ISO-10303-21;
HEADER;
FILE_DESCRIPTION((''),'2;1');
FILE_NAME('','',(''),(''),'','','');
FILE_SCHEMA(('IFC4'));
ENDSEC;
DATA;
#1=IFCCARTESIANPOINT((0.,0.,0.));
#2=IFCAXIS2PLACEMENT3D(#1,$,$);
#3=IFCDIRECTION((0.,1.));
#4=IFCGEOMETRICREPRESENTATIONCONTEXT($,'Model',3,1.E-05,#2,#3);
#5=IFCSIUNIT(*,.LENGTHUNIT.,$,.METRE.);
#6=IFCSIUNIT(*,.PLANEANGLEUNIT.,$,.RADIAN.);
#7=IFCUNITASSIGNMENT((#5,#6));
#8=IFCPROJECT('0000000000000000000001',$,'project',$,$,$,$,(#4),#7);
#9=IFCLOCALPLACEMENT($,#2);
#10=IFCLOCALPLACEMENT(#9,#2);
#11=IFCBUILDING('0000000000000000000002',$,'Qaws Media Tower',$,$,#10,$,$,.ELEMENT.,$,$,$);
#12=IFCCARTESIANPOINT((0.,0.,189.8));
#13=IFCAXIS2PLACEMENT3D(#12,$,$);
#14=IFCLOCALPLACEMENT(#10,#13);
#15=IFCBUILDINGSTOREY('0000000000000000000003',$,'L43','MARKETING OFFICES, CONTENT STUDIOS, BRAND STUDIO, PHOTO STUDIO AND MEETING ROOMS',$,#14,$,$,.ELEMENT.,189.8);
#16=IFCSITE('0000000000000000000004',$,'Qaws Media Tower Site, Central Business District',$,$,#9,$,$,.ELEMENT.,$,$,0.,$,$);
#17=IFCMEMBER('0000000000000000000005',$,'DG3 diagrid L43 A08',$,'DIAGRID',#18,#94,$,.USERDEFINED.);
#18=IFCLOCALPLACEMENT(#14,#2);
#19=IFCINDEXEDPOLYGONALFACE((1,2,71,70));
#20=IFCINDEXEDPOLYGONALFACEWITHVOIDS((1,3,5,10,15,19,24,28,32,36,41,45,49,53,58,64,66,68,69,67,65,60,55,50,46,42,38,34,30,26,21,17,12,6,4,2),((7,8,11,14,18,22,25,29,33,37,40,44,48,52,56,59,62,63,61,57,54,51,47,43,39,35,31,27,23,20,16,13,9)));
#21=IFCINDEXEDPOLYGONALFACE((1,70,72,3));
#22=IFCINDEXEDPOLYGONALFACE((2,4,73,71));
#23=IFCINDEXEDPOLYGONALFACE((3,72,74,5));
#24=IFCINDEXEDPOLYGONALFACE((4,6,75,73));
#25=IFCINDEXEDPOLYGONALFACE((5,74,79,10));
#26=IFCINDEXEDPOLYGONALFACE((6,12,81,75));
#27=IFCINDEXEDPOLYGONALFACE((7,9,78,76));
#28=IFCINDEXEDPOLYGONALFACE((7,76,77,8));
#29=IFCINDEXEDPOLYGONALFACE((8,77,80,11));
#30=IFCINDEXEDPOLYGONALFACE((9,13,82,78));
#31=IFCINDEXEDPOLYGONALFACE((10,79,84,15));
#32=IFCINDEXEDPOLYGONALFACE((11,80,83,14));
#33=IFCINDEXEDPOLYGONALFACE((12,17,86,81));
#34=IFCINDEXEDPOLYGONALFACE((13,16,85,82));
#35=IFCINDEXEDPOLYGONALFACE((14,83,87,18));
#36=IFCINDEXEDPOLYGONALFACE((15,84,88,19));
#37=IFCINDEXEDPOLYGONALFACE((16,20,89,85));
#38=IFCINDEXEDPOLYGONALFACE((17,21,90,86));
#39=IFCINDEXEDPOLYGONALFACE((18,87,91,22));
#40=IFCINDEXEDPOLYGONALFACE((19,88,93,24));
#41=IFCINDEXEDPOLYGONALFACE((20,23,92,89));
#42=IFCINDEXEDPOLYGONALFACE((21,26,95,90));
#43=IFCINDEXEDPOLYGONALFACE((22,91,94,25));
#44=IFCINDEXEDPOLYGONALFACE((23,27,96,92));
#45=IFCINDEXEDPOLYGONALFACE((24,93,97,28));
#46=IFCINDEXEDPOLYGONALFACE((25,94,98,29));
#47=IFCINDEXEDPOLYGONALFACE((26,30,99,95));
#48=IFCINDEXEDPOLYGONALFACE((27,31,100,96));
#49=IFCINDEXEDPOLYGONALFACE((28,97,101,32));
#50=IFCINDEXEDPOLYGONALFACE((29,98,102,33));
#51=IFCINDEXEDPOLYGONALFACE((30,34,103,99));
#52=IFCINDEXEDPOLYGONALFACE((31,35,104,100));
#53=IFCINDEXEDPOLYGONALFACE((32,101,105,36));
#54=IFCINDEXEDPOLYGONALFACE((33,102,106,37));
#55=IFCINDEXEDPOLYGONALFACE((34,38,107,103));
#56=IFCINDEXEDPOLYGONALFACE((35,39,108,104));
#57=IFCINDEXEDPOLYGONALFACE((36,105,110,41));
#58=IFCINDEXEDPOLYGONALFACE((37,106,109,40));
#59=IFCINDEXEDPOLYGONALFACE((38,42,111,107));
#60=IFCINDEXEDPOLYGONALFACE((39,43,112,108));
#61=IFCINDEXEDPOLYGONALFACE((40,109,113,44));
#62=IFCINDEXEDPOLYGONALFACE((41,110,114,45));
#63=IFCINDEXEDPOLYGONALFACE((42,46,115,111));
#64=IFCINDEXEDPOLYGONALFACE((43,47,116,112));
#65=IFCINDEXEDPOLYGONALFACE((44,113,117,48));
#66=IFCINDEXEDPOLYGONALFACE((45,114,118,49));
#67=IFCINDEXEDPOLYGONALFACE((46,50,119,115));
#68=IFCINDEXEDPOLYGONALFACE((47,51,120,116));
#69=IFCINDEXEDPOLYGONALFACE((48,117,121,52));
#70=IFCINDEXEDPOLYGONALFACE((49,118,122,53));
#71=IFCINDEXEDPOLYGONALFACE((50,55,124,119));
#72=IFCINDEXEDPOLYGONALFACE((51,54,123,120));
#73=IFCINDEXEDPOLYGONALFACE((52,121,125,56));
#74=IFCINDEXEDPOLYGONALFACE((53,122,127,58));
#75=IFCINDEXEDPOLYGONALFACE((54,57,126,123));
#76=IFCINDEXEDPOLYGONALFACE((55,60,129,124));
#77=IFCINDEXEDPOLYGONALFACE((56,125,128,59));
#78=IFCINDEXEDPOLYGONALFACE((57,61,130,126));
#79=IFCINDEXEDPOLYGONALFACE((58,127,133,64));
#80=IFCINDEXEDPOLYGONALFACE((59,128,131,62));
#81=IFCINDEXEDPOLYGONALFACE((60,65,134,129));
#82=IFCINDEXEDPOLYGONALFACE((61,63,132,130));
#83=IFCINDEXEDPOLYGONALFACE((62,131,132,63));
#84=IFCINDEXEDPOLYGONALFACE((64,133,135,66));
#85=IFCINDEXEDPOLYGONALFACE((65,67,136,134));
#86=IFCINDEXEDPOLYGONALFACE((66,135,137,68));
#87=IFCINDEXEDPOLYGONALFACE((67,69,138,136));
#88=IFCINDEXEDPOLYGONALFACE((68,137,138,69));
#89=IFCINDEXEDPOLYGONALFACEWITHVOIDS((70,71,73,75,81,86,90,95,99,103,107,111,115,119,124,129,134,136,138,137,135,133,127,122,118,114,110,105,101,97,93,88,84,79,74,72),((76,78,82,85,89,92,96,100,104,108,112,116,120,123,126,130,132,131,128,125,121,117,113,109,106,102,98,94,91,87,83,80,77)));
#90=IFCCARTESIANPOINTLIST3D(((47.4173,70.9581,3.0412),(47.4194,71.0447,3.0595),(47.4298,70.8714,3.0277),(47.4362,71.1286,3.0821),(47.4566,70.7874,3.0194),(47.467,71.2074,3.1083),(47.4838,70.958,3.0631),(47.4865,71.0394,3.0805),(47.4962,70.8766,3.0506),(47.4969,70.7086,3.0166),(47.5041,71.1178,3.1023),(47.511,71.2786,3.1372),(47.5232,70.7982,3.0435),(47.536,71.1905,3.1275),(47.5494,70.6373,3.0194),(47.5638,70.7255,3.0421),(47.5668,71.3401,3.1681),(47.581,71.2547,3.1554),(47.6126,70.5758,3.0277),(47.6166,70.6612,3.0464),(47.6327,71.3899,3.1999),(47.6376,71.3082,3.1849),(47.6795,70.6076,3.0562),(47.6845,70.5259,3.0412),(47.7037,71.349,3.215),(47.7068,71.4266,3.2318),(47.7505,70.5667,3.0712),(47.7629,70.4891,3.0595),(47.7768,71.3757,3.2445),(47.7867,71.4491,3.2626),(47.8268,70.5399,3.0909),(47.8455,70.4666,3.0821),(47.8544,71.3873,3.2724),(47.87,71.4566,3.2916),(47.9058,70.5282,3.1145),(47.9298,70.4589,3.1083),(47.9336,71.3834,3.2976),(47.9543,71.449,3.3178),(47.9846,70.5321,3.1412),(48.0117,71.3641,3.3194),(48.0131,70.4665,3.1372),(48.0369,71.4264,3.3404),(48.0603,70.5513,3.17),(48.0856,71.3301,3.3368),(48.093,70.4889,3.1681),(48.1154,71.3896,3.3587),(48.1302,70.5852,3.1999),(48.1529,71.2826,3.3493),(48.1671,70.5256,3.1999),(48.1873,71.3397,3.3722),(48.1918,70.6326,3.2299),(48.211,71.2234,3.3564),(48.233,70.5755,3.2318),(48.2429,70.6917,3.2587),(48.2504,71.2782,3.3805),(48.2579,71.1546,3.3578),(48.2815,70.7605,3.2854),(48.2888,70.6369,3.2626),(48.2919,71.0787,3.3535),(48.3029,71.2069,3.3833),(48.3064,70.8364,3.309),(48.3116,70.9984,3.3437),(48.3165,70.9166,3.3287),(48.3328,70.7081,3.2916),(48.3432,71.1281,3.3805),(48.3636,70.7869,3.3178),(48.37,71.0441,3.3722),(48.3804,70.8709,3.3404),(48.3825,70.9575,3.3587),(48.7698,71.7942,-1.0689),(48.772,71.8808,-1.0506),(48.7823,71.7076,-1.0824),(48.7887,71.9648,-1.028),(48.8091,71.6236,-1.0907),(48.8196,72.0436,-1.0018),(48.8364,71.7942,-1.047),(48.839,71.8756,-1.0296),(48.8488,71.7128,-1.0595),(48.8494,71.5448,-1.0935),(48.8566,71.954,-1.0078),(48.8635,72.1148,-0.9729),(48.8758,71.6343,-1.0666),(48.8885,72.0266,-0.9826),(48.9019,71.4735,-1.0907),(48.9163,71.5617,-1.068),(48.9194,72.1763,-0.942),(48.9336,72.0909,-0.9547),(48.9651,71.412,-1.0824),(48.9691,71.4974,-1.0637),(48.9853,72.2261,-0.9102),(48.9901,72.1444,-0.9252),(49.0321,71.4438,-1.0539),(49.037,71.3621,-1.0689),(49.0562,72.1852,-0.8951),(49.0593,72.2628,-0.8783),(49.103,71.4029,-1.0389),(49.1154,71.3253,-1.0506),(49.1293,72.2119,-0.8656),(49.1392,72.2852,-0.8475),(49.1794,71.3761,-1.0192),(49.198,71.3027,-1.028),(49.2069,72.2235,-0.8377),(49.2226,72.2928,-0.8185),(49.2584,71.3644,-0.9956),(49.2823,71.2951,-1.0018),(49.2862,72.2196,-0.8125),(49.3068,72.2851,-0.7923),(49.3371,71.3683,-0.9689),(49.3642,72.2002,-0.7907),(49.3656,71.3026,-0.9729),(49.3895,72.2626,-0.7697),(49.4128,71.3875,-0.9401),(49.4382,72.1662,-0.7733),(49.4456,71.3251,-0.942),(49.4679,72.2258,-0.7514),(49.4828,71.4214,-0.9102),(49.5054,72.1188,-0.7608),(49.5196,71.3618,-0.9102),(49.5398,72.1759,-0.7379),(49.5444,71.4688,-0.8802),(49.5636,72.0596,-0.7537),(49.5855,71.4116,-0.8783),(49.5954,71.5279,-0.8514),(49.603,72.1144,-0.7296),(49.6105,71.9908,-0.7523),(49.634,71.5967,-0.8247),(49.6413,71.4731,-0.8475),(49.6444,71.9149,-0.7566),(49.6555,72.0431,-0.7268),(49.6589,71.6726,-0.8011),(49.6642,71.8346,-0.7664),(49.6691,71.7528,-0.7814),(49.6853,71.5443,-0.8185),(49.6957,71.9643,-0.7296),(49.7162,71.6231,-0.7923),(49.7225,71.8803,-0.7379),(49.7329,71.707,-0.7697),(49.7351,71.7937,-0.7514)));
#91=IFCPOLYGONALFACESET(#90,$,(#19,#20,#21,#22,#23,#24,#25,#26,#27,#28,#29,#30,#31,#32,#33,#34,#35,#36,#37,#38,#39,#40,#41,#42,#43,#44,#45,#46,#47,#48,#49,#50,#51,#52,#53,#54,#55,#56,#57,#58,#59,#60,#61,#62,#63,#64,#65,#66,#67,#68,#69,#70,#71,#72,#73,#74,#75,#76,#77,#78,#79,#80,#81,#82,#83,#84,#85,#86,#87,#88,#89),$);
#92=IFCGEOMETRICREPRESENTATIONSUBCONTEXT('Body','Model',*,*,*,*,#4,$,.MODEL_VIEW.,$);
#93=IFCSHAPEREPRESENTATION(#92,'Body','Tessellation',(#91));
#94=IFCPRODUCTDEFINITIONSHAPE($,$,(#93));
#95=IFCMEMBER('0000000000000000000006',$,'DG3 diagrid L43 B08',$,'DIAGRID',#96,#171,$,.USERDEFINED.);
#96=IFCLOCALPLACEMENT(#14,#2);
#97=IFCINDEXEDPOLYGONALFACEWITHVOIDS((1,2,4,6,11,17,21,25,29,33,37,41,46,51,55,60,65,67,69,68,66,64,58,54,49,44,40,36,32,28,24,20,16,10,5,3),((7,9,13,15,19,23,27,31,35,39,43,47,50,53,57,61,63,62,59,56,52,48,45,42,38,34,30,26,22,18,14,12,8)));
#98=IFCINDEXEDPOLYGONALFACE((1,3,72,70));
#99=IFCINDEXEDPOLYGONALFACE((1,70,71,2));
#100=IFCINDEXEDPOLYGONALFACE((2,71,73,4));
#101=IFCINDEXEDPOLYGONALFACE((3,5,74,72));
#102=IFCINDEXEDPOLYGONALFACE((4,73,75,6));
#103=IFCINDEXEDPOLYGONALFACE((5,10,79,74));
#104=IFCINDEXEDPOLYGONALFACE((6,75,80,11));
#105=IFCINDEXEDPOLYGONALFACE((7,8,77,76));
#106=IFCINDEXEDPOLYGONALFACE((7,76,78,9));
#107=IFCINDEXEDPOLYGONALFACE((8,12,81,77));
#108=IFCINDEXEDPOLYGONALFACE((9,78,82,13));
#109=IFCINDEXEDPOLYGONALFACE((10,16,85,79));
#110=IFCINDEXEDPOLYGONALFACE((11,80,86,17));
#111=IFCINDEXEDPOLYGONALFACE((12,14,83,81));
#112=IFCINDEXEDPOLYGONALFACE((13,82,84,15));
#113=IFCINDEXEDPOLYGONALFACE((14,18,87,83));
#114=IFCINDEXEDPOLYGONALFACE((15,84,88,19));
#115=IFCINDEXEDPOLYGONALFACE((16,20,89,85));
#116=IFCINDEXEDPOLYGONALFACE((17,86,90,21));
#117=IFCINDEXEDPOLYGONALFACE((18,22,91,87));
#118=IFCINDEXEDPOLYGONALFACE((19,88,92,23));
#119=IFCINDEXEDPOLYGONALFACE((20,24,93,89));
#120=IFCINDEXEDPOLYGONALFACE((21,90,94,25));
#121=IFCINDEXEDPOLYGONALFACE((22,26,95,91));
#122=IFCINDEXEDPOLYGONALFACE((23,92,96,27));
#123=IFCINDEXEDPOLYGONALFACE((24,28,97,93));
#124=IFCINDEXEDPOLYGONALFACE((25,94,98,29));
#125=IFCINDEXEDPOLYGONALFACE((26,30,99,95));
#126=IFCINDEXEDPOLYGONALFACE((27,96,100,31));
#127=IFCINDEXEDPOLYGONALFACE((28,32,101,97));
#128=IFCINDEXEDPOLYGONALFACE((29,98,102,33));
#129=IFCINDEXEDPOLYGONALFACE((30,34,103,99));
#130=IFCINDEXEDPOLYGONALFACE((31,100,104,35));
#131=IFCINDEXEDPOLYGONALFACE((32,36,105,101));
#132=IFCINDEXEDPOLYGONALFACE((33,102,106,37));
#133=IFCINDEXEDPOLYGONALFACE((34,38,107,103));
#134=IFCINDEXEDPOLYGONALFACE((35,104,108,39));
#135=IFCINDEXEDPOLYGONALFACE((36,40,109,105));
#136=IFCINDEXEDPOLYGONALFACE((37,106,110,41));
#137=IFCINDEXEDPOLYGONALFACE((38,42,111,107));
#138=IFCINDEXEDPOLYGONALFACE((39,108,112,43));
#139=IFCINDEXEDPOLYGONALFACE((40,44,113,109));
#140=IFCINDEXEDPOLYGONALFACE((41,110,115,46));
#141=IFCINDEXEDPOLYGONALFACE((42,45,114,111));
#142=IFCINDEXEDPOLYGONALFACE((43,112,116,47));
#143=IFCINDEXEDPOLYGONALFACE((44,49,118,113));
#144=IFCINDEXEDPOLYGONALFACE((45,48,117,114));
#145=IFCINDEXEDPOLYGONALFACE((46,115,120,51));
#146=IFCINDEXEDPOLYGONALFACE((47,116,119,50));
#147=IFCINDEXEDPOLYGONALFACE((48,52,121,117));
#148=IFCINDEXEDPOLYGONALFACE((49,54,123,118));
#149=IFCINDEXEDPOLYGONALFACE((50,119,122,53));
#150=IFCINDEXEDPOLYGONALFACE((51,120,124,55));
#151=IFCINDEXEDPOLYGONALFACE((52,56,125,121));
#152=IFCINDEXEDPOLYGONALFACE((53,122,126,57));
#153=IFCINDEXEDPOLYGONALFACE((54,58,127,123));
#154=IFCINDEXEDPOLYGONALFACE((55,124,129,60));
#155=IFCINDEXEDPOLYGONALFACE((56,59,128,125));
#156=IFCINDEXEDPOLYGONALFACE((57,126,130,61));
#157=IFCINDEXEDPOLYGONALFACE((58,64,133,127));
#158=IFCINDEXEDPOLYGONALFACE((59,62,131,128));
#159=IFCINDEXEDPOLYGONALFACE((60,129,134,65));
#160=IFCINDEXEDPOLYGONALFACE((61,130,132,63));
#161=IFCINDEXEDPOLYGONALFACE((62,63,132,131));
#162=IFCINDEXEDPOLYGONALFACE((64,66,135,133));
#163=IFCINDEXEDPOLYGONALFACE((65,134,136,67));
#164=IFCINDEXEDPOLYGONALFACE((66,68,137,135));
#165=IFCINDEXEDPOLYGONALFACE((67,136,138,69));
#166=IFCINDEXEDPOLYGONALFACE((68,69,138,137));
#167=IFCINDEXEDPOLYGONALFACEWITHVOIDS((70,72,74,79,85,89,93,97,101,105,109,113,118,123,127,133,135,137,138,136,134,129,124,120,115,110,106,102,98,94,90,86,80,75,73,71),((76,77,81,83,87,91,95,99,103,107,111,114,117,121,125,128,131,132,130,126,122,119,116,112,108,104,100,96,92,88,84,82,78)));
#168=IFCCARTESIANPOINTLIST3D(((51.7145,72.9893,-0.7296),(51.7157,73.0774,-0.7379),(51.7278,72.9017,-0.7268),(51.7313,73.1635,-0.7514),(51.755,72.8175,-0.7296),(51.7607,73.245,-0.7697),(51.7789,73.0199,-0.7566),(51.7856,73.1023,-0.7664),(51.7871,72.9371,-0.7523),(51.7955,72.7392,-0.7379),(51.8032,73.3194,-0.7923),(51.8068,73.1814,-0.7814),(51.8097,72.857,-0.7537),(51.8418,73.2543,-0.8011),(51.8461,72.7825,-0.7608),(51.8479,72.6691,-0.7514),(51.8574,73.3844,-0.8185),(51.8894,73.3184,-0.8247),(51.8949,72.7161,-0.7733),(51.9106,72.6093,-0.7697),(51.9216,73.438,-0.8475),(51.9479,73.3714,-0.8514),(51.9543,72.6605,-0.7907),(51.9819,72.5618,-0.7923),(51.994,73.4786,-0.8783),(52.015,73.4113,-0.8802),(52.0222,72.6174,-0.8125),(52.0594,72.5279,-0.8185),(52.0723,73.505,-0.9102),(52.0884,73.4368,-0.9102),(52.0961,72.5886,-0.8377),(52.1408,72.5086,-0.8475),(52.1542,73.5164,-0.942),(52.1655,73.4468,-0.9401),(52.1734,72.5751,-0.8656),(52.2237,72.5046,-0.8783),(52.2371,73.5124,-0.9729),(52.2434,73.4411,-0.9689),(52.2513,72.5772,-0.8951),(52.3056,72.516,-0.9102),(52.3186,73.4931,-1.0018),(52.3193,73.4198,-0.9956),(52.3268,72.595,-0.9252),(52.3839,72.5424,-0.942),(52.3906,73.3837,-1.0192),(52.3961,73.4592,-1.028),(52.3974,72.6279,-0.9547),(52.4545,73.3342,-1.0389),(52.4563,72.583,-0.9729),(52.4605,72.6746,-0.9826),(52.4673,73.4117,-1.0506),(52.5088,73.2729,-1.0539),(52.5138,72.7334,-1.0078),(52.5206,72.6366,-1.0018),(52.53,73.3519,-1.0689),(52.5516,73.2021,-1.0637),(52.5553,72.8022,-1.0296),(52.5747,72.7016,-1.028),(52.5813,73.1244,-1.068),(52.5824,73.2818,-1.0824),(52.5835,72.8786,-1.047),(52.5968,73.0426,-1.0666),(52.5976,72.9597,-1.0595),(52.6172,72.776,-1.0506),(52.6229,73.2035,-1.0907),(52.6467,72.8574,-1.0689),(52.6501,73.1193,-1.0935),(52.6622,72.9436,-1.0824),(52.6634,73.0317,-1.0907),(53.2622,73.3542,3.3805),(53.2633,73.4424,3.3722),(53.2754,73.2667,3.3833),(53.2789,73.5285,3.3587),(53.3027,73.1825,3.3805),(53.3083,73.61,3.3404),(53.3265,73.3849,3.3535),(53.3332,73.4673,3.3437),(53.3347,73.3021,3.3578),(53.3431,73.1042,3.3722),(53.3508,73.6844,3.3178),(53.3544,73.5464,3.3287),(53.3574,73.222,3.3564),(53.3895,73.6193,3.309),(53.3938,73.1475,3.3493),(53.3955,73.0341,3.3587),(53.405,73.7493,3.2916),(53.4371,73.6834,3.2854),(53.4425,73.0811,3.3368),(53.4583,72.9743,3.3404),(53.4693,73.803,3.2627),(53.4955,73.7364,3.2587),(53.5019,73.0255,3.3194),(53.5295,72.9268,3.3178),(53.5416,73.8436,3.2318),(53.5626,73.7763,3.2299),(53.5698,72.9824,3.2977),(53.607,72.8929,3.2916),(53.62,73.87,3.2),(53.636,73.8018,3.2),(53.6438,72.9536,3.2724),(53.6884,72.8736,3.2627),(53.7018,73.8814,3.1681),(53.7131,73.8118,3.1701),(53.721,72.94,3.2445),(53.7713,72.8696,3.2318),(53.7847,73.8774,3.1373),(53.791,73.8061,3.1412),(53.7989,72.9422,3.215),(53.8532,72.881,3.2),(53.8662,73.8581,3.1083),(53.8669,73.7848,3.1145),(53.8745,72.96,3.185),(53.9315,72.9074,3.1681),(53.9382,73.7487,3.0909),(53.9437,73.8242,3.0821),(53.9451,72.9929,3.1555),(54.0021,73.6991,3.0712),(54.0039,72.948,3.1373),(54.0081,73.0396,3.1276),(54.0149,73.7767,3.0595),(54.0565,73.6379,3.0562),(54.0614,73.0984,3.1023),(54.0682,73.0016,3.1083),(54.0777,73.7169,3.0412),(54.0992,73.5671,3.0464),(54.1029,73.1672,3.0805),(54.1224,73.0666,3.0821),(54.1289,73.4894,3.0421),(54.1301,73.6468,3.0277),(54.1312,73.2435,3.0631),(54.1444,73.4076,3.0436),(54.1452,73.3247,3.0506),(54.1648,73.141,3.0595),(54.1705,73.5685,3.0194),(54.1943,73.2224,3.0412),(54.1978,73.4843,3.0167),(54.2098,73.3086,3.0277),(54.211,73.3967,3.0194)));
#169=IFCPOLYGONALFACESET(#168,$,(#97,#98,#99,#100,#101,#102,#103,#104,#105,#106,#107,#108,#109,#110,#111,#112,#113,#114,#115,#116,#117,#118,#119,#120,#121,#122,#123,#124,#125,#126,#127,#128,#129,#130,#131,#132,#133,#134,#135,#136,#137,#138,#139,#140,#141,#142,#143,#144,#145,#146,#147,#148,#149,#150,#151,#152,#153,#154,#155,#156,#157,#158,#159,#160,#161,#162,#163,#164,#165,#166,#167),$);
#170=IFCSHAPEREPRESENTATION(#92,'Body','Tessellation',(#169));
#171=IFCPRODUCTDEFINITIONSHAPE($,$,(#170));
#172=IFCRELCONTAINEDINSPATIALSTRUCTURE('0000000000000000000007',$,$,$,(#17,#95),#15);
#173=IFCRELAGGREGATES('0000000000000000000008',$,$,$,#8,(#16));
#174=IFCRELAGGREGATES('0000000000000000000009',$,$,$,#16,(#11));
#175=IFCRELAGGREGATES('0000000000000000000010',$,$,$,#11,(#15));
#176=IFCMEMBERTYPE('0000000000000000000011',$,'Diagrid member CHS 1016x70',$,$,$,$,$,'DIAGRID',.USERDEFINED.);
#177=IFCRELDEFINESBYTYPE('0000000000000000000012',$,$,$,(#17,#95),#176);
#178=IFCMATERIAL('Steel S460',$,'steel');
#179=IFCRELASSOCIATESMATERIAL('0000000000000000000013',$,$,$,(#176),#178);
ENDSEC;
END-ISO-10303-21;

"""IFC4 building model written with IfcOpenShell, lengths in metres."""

from ifc_helpers import new_model, si_unit, direction, frame, origin, origin_2d, place, context, subcontext, project, spatial, hollow_circle, extrude, material, material_profile, profile_set, type_object, element, save


model = new_model("IFC4")

# Units and contexts
model_context = context("Model", 3, precision=1e-05, world=origin(), true_north=direction((0.0, 1.0)))
body_context = subcontext(model_context, "Body", "Model", "MODEL_VIEW")
ifc_project = project(units=[si_unit("LENGTHUNIT", "METRE"), si_unit("PLANEANGLEUNIT", "RADIAN")], contexts=[model_context])

# Site, building, storey
site_placement = place(None, origin())
site = spatial("IfcSite", under=ifc_project, at=site_placement, Name="Qaws Media Tower Site, Central Business District", CompositionType="ELEMENT", RefElevation=0.0)
building_placement = place(site_placement, origin())
building = spatial("IfcBuilding", under=site, at=building_placement, Name="Qaws Media Tower", CompositionType="ELEMENT")
storey_placement = place(building_placement, frame((0.0, 0.0, 189.8)))
storey = spatial("IfcBuildingStorey", under=building, at=storey_placement, Name="L43", Description="MARKETING OFFICES, CONTENT STUDIOS, BRAND STUDIO, PHOTO STUDIO AND MEETING ROOMS", CompositionType="ELEMENT", Elevation=189.8)

# Members
ifc_material_1 = material(Name="Steel S460", Category="steel")
ifc_material_profile_1 = material_profile(ifc_material_1, hollow_circle(Radius=0.5081, WallThickness=0.0701, at=origin_2d()), Name="CHS 1016x70")
ifc_profile_set_1 = profile_set([ifc_material_profile_1], Name="Steel S460")
member_type_1 = type_object("IfcMemberType", Name="Diagrid member CHS 1016x70", ElementType="DIAGRID", PredefinedType="USERDEFINED", material=ifc_profile_set_1)
for number, where, z_axis, x_axis, name in (
    (1, (49.2524, 71.7939, -0.9102), (-0.306908, -0.18974, 0.932634), (0.525852, -0.850576, 0.0), "DG3 diagrid L43 A08"),
    (2, (52.189, 73.0105, -0.9102), (0.351174, 0.082821, 0.93264), (-0.229544, 0.973298, 0.0), "DG3 diagrid L43 B08"),
):
    element("IfcMember", number, at=place(storey_placement, frame(where, z_axis=z_axis, x_axis=x_axis)), inside=storey, type_object=member_type_1, Name=name, ObjectType="DIAGRID", PredefinedType="USERDEFINED", context=body_context, shape_type="SweptSolid", body=[
        extrude(hollow_circle(Radius=0.5081, WallThickness=0.0701, at=origin_2d()), origin(), (0.0, 0.0, 1.0), 4.407),
    ])

save(model, "model.ifc")
